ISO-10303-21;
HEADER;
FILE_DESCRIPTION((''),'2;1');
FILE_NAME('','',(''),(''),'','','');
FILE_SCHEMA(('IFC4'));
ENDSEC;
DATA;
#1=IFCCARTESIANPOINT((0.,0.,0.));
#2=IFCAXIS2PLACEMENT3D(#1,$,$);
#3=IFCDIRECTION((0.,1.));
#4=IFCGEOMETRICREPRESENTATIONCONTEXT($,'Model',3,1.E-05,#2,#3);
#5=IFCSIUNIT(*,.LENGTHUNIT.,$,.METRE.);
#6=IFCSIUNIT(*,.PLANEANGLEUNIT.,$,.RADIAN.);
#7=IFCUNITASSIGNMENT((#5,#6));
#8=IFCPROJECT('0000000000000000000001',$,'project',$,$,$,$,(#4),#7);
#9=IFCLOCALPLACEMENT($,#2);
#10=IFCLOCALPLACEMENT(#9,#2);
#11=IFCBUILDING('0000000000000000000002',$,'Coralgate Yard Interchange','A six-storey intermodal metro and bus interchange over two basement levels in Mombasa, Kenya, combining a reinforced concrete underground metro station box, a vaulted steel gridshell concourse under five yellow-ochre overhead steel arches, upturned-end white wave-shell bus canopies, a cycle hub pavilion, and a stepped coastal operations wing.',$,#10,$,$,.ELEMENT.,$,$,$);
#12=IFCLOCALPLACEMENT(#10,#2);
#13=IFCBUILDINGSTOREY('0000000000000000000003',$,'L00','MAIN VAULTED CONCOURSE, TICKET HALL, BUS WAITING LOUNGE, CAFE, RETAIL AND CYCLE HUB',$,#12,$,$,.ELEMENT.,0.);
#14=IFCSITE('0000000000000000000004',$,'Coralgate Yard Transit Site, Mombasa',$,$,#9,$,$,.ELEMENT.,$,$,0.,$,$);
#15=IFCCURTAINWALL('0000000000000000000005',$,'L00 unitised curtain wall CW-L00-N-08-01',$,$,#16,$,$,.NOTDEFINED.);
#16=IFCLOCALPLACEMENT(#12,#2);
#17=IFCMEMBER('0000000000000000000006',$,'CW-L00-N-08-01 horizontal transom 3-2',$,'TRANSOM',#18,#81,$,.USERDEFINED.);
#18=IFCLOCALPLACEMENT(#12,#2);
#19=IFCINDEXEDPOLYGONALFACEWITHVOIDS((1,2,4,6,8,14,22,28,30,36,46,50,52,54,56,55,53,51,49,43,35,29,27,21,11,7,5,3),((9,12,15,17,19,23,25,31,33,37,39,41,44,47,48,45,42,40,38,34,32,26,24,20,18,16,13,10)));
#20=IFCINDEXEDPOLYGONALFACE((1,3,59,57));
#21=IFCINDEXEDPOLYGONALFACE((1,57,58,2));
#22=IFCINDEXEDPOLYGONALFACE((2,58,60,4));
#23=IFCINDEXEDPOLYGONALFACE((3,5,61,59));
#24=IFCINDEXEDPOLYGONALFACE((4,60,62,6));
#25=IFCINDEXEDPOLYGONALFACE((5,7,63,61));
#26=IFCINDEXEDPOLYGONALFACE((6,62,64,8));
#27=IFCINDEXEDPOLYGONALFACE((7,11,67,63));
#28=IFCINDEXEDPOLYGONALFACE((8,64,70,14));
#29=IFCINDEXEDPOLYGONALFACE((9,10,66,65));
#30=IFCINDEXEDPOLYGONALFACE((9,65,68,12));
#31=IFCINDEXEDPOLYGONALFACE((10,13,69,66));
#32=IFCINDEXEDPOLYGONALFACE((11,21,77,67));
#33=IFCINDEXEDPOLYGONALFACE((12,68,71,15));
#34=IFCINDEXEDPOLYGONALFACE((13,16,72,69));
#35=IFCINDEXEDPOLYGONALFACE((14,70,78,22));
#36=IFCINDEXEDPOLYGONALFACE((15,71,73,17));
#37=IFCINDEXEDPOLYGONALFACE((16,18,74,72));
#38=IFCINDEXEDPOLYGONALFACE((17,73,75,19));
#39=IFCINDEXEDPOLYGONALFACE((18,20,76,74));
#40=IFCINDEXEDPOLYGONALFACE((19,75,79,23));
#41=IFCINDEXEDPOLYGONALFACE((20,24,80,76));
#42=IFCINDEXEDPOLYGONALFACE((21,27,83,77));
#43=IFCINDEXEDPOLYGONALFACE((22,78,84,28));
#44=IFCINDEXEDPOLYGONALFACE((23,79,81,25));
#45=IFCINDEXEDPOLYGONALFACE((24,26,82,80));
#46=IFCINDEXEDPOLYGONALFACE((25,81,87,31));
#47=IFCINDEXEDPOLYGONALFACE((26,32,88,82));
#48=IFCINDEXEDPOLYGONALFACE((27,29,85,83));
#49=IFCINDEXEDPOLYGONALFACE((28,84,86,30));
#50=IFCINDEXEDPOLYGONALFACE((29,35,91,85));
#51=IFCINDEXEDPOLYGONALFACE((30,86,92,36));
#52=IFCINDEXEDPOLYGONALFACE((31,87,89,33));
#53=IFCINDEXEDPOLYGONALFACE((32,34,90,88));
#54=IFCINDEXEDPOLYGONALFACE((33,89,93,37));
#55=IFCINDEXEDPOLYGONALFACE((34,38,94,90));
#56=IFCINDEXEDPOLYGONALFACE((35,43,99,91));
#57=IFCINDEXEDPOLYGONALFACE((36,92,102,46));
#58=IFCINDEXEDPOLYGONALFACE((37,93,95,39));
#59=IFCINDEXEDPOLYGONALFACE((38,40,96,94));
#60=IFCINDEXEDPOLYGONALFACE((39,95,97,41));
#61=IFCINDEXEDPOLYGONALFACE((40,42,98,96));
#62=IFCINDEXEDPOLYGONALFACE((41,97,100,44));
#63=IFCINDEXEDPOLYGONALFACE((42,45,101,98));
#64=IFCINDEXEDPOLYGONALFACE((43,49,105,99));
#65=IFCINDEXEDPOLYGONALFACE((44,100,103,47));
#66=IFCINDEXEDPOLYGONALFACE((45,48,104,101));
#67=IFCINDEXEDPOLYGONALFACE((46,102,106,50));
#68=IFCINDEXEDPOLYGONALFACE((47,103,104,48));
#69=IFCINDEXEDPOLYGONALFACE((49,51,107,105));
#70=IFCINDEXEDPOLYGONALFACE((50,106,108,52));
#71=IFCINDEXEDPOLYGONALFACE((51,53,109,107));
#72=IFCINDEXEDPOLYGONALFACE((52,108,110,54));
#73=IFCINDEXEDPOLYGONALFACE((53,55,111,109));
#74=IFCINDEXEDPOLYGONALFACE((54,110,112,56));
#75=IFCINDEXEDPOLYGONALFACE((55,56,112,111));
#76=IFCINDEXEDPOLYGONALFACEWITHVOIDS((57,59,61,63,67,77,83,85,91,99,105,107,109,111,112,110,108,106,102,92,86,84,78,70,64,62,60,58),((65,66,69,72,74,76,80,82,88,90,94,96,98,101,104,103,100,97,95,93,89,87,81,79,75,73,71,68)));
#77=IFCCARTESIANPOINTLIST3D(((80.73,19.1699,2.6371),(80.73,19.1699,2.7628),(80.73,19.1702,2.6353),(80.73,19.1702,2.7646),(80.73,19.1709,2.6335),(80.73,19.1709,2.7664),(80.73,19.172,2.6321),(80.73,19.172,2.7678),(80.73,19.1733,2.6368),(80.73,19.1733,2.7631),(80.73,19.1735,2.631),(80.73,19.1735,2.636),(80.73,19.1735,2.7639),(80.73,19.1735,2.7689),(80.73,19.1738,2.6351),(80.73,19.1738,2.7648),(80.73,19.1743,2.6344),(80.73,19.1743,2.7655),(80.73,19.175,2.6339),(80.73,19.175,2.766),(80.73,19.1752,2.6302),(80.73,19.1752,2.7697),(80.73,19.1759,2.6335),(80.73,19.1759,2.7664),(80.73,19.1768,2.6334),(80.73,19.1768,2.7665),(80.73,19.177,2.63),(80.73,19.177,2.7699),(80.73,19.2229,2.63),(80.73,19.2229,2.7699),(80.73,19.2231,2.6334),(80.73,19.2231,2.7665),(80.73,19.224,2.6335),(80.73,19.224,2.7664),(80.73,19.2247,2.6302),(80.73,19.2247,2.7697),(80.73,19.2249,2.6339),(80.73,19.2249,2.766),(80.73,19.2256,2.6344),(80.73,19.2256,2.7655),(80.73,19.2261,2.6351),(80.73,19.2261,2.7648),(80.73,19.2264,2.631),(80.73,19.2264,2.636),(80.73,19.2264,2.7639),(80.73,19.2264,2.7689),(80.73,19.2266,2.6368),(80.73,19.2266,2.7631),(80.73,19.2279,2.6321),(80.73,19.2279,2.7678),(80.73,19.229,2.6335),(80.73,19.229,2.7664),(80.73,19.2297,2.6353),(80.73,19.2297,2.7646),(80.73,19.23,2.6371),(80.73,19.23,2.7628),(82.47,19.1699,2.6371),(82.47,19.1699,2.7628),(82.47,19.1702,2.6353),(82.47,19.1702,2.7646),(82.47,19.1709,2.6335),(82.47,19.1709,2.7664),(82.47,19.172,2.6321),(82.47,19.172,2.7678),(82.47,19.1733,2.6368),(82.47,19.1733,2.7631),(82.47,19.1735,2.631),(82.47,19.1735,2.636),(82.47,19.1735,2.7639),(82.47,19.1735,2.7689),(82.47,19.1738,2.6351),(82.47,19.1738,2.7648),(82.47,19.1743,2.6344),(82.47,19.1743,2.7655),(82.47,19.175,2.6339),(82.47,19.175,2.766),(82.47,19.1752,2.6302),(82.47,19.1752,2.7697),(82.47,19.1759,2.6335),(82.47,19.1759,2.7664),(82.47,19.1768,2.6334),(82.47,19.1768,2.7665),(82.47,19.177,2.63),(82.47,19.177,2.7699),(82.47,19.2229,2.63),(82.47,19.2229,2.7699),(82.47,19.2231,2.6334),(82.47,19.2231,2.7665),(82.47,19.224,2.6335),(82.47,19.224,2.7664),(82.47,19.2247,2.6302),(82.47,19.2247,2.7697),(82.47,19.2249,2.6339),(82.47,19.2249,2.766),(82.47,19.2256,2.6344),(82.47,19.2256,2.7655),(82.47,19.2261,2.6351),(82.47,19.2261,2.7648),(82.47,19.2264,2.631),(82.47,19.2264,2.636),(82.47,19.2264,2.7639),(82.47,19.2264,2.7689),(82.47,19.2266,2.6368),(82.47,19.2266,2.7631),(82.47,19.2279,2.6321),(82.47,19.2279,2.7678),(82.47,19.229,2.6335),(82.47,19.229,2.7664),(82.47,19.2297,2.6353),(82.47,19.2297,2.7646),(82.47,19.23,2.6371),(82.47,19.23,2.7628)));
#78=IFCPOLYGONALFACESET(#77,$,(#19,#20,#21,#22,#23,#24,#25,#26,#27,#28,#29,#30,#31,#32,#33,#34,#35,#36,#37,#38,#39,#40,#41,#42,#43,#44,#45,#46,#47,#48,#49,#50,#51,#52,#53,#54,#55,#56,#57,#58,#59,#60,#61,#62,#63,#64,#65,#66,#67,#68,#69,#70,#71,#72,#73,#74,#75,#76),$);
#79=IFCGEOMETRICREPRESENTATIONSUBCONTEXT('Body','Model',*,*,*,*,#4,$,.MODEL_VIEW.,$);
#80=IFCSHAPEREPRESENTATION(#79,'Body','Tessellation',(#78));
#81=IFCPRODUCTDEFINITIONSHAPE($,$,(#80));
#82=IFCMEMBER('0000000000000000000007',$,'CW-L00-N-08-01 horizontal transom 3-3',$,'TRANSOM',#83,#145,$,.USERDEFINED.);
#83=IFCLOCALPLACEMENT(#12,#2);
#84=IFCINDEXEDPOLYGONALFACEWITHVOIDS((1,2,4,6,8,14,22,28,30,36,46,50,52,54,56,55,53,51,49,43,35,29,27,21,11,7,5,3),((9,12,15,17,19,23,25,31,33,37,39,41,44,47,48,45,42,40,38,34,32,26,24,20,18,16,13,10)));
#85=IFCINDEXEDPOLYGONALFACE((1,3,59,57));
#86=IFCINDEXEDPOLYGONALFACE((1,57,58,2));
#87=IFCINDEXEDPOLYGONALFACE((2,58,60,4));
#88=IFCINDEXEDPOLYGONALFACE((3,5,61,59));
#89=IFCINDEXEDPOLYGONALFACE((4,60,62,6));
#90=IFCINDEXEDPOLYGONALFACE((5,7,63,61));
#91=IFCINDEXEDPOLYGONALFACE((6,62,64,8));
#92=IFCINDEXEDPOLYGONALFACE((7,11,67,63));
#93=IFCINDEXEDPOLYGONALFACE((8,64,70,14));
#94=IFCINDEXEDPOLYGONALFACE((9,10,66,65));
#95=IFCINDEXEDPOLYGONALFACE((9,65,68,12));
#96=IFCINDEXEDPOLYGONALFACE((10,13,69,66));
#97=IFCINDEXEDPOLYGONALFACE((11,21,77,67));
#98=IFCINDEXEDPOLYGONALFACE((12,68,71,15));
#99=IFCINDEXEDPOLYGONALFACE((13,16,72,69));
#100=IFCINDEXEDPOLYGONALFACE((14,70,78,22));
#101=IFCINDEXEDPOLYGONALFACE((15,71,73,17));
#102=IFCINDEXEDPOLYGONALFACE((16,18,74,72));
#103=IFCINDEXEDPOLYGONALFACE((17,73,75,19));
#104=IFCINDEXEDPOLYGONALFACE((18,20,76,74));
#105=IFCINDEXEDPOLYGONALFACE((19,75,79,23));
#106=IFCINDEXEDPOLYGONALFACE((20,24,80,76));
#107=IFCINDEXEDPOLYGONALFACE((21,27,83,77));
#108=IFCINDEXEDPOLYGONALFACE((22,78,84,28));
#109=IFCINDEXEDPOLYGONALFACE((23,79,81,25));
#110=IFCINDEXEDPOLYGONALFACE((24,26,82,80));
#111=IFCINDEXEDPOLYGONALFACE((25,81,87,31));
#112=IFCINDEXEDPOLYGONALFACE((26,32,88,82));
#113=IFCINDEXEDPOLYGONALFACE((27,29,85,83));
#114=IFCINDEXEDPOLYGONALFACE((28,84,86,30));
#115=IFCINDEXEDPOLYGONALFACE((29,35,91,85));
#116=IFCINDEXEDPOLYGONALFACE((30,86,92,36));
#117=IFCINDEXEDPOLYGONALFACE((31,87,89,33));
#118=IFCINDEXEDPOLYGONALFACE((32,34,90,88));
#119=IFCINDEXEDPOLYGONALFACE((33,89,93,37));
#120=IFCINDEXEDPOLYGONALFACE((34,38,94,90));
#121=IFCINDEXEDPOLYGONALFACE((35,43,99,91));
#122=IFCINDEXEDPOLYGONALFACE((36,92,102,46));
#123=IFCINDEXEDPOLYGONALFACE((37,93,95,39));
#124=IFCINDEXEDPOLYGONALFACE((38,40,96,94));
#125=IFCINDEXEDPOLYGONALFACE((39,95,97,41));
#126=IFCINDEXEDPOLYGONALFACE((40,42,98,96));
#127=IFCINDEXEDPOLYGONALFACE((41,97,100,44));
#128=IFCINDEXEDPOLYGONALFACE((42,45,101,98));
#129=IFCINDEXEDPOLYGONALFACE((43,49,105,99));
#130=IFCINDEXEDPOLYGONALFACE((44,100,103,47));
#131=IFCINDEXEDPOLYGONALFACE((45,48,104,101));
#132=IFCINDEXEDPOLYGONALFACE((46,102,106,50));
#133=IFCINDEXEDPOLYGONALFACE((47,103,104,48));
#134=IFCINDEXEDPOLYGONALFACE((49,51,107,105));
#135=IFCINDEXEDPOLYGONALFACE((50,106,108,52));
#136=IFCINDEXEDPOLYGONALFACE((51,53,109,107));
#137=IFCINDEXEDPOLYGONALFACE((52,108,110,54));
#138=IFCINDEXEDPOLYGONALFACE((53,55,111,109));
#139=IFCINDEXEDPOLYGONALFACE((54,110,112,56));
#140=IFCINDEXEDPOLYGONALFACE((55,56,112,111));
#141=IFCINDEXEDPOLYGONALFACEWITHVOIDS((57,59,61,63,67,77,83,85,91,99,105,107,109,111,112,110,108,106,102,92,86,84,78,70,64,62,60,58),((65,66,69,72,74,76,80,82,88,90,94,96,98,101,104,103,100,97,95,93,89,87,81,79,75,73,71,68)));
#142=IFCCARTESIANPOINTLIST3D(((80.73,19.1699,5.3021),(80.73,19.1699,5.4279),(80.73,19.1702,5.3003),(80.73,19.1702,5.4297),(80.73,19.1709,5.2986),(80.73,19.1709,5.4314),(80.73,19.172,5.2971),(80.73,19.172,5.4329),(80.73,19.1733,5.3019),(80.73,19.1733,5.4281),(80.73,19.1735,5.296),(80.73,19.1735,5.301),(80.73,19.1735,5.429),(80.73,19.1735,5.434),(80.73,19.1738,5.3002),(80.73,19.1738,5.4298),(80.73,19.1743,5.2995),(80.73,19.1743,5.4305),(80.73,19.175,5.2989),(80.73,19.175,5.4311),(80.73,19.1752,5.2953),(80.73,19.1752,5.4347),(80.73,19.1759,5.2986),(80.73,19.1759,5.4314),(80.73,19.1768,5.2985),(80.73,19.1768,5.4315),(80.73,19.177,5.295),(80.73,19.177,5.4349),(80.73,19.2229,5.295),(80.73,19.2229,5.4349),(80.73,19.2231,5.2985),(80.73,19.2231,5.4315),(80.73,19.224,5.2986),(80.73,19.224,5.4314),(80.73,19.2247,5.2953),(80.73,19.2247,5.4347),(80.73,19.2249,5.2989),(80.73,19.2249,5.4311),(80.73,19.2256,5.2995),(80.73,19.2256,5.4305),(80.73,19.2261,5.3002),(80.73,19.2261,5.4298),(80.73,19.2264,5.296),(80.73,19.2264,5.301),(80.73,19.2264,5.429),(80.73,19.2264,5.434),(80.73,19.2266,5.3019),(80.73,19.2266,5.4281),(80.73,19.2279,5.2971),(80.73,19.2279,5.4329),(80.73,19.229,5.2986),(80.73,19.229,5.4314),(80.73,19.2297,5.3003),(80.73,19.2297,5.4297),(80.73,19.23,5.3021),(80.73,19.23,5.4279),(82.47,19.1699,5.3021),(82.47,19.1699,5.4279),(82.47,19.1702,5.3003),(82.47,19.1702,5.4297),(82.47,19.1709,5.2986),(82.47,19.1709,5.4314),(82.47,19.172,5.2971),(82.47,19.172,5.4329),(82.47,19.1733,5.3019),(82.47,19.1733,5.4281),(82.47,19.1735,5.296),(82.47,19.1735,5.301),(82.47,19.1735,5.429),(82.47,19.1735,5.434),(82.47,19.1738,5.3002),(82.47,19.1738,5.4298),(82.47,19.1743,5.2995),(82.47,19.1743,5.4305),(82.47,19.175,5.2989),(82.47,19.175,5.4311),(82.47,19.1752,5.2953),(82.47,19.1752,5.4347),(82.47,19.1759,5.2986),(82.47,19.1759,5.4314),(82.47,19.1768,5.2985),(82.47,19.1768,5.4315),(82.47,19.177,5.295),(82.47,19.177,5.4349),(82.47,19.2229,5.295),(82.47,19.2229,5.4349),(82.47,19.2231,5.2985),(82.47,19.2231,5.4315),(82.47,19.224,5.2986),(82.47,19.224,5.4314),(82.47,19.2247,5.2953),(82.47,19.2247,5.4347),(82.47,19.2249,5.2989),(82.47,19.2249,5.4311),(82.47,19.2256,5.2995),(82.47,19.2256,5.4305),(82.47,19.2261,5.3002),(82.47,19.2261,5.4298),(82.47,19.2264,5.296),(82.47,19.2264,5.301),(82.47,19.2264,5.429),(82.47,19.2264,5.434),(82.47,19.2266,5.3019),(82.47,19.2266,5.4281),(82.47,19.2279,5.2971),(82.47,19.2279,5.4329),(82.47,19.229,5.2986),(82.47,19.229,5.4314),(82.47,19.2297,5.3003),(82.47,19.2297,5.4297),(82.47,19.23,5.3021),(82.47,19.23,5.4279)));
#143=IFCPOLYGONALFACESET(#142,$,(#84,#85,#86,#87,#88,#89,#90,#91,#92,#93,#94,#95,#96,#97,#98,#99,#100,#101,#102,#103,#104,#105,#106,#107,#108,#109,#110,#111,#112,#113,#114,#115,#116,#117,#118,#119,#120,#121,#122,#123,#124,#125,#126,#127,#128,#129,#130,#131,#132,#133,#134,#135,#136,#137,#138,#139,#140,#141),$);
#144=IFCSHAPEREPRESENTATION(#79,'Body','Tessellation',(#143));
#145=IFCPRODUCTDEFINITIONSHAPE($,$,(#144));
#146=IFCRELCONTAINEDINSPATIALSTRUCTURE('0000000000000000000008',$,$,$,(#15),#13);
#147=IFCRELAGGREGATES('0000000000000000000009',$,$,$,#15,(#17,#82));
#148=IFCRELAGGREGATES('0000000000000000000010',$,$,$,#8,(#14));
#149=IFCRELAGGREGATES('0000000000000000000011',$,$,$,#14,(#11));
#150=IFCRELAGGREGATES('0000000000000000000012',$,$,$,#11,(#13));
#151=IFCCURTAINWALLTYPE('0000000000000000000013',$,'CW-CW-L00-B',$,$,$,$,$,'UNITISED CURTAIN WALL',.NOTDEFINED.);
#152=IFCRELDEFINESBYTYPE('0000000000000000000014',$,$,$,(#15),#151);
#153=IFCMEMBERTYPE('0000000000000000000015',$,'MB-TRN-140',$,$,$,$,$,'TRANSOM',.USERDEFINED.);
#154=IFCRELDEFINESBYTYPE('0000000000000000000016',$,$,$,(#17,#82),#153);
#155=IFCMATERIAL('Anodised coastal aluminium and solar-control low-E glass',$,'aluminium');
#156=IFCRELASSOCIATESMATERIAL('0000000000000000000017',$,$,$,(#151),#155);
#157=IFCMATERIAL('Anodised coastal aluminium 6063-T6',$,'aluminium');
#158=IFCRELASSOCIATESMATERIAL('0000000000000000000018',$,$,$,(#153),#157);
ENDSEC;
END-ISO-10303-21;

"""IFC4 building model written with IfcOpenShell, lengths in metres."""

from ifc_helpers import new_model, si_unit, direction, frame, origin, origin_2d, place, context, subcontext, project, spatial, hollow_rectangle, extrude, material, material_profile, profile_set, type_object, element, aggregate, save


model = new_model("IFC4")

# Units and contexts
model_context = context("Model", 3, precision=1e-05, world=origin(), true_north=direction((0.0, 1.0)))
body_context = subcontext(model_context, "Body", "Model", "MODEL_VIEW")
ifc_project = project(units=[si_unit("LENGTHUNIT", "METRE"), si_unit("PLANEANGLEUNIT", "RADIAN")], contexts=[model_context])

# Site, building, storey
site_placement = place(None, origin())
site = spatial("IfcSite", under=ifc_project, at=site_placement, Name="Coralgate Yard Transit Site, Mombasa", CompositionType="ELEMENT", RefElevation=0.0)
building_placement = place(site_placement, origin())
building = spatial("IfcBuilding", under=site, at=building_placement, Name="Coralgate Yard Interchange", Description="A six-storey intermodal metro and bus interchange over two basement levels in Mombasa, Kenya, combining a reinforced concrete underground metro station box, a vaulted steel gridshell concourse under five yellow-ochre overhead steel arches, upturned-end white wave-shell bus canopies, a cycle hub pavilion, and a stepped coastal operations wing.", CompositionType="ELEMENT")
storey_placement = place(building_placement, origin())
storey = spatial("IfcBuildingStorey", under=building, at=storey_placement, Name="L00", Description="MAIN VAULTED CONCOURSE, TICKET HALL, BUS WAITING LOUNGE, CAFE, RETAIL AND CYCLE HUB", CompositionType="ELEMENT", Elevation=0.0)

# Curtain wall, members
ifc_material_1 = material(Name="Anodised coastal aluminium and solar-control low-E glass", Category="aluminium")
curtain_wall_type = type_object("IfcCurtainWallType", Name="CW-CW-L00-B", ElementType="UNITISED CURTAIN WALL", PredefinedType="NOTDEFINED", material=ifc_material_1)
curtain_wall_placement = place(storey_placement, origin())
curtain_wall = element("IfcCurtainWall", 1, at=curtain_wall_placement, inside=storey, type_object=curtain_wall_type, Name="L00 unitised curtain wall CW-L00-N-08-01", PredefinedType="NOTDEFINED")
ifc_material_2 = material(Name="Anodised coastal aluminium 6063-T6", Category="aluminium")
ifc_material_profile_1 = material_profile(ifc_material_2, hollow_rectangle(XDim=0.0601, YDim=0.1399, WallThickness=0.0034, InnerFilletRadius=0.0034, OuterFilletRadius=0.0071, at=origin_2d()), Name="ALU 60x140x3.5")
ifc_profile_set_1 = profile_set([ifc_material_profile_1], Name="Anodised coastal aluminium 6063-T6")
member_type_1 = type_object("IfcMemberType", Name="MB-TRN-140", ElementType="TRANSOM", PredefinedType="USERDEFINED", material=ifc_profile_set_1)
member_1_placement = place(storey_placement, frame((80.73, 19.2, 2.7), z_axis=(1.0, 0.0, 0.0), x_axis=(0.0, 1.0, 0.0)))
member_1 = element("IfcMember", 2, at=member_1_placement, type_object=member_type_1, Name="CW-L00-N-08-01 horizontal transom 3-2", ObjectType="TRANSOM", PredefinedType="USERDEFINED", context=body_context, shape_type="SweptSolid", body=[
    extrude(hollow_rectangle(XDim=0.0601, YDim=0.1399, WallThickness=0.0034, InnerFilletRadius=0.0034, OuterFilletRadius=0.0071, at=origin_2d()), origin(), (0.0, 0.0, 1.0), 1.74),
])
member_2_placement = place(storey_placement, frame((80.73, 19.2, 5.365), z_axis=(1.0, 0.0, 0.0), x_axis=(0.0, 1.0, 0.0)))
member_2 = element("IfcMember", 3, at=member_2_placement, type_object=member_type_1, Name="CW-L00-N-08-01 horizontal transom 3-3", ObjectType="TRANSOM", PredefinedType="USERDEFINED", context=body_context, shape_type="SweptSolid", body=[
    extrude(hollow_rectangle(XDim=0.0601, YDim=0.1399, WallThickness=0.0034, InnerFilletRadius=0.0034, OuterFilletRadius=0.0071, at=origin_2d()), origin(), (0.0, 0.0, 1.0), 1.74),
])
aggregate(curtain_wall, [member_1, member_2])

save(model, "model.ifc")
